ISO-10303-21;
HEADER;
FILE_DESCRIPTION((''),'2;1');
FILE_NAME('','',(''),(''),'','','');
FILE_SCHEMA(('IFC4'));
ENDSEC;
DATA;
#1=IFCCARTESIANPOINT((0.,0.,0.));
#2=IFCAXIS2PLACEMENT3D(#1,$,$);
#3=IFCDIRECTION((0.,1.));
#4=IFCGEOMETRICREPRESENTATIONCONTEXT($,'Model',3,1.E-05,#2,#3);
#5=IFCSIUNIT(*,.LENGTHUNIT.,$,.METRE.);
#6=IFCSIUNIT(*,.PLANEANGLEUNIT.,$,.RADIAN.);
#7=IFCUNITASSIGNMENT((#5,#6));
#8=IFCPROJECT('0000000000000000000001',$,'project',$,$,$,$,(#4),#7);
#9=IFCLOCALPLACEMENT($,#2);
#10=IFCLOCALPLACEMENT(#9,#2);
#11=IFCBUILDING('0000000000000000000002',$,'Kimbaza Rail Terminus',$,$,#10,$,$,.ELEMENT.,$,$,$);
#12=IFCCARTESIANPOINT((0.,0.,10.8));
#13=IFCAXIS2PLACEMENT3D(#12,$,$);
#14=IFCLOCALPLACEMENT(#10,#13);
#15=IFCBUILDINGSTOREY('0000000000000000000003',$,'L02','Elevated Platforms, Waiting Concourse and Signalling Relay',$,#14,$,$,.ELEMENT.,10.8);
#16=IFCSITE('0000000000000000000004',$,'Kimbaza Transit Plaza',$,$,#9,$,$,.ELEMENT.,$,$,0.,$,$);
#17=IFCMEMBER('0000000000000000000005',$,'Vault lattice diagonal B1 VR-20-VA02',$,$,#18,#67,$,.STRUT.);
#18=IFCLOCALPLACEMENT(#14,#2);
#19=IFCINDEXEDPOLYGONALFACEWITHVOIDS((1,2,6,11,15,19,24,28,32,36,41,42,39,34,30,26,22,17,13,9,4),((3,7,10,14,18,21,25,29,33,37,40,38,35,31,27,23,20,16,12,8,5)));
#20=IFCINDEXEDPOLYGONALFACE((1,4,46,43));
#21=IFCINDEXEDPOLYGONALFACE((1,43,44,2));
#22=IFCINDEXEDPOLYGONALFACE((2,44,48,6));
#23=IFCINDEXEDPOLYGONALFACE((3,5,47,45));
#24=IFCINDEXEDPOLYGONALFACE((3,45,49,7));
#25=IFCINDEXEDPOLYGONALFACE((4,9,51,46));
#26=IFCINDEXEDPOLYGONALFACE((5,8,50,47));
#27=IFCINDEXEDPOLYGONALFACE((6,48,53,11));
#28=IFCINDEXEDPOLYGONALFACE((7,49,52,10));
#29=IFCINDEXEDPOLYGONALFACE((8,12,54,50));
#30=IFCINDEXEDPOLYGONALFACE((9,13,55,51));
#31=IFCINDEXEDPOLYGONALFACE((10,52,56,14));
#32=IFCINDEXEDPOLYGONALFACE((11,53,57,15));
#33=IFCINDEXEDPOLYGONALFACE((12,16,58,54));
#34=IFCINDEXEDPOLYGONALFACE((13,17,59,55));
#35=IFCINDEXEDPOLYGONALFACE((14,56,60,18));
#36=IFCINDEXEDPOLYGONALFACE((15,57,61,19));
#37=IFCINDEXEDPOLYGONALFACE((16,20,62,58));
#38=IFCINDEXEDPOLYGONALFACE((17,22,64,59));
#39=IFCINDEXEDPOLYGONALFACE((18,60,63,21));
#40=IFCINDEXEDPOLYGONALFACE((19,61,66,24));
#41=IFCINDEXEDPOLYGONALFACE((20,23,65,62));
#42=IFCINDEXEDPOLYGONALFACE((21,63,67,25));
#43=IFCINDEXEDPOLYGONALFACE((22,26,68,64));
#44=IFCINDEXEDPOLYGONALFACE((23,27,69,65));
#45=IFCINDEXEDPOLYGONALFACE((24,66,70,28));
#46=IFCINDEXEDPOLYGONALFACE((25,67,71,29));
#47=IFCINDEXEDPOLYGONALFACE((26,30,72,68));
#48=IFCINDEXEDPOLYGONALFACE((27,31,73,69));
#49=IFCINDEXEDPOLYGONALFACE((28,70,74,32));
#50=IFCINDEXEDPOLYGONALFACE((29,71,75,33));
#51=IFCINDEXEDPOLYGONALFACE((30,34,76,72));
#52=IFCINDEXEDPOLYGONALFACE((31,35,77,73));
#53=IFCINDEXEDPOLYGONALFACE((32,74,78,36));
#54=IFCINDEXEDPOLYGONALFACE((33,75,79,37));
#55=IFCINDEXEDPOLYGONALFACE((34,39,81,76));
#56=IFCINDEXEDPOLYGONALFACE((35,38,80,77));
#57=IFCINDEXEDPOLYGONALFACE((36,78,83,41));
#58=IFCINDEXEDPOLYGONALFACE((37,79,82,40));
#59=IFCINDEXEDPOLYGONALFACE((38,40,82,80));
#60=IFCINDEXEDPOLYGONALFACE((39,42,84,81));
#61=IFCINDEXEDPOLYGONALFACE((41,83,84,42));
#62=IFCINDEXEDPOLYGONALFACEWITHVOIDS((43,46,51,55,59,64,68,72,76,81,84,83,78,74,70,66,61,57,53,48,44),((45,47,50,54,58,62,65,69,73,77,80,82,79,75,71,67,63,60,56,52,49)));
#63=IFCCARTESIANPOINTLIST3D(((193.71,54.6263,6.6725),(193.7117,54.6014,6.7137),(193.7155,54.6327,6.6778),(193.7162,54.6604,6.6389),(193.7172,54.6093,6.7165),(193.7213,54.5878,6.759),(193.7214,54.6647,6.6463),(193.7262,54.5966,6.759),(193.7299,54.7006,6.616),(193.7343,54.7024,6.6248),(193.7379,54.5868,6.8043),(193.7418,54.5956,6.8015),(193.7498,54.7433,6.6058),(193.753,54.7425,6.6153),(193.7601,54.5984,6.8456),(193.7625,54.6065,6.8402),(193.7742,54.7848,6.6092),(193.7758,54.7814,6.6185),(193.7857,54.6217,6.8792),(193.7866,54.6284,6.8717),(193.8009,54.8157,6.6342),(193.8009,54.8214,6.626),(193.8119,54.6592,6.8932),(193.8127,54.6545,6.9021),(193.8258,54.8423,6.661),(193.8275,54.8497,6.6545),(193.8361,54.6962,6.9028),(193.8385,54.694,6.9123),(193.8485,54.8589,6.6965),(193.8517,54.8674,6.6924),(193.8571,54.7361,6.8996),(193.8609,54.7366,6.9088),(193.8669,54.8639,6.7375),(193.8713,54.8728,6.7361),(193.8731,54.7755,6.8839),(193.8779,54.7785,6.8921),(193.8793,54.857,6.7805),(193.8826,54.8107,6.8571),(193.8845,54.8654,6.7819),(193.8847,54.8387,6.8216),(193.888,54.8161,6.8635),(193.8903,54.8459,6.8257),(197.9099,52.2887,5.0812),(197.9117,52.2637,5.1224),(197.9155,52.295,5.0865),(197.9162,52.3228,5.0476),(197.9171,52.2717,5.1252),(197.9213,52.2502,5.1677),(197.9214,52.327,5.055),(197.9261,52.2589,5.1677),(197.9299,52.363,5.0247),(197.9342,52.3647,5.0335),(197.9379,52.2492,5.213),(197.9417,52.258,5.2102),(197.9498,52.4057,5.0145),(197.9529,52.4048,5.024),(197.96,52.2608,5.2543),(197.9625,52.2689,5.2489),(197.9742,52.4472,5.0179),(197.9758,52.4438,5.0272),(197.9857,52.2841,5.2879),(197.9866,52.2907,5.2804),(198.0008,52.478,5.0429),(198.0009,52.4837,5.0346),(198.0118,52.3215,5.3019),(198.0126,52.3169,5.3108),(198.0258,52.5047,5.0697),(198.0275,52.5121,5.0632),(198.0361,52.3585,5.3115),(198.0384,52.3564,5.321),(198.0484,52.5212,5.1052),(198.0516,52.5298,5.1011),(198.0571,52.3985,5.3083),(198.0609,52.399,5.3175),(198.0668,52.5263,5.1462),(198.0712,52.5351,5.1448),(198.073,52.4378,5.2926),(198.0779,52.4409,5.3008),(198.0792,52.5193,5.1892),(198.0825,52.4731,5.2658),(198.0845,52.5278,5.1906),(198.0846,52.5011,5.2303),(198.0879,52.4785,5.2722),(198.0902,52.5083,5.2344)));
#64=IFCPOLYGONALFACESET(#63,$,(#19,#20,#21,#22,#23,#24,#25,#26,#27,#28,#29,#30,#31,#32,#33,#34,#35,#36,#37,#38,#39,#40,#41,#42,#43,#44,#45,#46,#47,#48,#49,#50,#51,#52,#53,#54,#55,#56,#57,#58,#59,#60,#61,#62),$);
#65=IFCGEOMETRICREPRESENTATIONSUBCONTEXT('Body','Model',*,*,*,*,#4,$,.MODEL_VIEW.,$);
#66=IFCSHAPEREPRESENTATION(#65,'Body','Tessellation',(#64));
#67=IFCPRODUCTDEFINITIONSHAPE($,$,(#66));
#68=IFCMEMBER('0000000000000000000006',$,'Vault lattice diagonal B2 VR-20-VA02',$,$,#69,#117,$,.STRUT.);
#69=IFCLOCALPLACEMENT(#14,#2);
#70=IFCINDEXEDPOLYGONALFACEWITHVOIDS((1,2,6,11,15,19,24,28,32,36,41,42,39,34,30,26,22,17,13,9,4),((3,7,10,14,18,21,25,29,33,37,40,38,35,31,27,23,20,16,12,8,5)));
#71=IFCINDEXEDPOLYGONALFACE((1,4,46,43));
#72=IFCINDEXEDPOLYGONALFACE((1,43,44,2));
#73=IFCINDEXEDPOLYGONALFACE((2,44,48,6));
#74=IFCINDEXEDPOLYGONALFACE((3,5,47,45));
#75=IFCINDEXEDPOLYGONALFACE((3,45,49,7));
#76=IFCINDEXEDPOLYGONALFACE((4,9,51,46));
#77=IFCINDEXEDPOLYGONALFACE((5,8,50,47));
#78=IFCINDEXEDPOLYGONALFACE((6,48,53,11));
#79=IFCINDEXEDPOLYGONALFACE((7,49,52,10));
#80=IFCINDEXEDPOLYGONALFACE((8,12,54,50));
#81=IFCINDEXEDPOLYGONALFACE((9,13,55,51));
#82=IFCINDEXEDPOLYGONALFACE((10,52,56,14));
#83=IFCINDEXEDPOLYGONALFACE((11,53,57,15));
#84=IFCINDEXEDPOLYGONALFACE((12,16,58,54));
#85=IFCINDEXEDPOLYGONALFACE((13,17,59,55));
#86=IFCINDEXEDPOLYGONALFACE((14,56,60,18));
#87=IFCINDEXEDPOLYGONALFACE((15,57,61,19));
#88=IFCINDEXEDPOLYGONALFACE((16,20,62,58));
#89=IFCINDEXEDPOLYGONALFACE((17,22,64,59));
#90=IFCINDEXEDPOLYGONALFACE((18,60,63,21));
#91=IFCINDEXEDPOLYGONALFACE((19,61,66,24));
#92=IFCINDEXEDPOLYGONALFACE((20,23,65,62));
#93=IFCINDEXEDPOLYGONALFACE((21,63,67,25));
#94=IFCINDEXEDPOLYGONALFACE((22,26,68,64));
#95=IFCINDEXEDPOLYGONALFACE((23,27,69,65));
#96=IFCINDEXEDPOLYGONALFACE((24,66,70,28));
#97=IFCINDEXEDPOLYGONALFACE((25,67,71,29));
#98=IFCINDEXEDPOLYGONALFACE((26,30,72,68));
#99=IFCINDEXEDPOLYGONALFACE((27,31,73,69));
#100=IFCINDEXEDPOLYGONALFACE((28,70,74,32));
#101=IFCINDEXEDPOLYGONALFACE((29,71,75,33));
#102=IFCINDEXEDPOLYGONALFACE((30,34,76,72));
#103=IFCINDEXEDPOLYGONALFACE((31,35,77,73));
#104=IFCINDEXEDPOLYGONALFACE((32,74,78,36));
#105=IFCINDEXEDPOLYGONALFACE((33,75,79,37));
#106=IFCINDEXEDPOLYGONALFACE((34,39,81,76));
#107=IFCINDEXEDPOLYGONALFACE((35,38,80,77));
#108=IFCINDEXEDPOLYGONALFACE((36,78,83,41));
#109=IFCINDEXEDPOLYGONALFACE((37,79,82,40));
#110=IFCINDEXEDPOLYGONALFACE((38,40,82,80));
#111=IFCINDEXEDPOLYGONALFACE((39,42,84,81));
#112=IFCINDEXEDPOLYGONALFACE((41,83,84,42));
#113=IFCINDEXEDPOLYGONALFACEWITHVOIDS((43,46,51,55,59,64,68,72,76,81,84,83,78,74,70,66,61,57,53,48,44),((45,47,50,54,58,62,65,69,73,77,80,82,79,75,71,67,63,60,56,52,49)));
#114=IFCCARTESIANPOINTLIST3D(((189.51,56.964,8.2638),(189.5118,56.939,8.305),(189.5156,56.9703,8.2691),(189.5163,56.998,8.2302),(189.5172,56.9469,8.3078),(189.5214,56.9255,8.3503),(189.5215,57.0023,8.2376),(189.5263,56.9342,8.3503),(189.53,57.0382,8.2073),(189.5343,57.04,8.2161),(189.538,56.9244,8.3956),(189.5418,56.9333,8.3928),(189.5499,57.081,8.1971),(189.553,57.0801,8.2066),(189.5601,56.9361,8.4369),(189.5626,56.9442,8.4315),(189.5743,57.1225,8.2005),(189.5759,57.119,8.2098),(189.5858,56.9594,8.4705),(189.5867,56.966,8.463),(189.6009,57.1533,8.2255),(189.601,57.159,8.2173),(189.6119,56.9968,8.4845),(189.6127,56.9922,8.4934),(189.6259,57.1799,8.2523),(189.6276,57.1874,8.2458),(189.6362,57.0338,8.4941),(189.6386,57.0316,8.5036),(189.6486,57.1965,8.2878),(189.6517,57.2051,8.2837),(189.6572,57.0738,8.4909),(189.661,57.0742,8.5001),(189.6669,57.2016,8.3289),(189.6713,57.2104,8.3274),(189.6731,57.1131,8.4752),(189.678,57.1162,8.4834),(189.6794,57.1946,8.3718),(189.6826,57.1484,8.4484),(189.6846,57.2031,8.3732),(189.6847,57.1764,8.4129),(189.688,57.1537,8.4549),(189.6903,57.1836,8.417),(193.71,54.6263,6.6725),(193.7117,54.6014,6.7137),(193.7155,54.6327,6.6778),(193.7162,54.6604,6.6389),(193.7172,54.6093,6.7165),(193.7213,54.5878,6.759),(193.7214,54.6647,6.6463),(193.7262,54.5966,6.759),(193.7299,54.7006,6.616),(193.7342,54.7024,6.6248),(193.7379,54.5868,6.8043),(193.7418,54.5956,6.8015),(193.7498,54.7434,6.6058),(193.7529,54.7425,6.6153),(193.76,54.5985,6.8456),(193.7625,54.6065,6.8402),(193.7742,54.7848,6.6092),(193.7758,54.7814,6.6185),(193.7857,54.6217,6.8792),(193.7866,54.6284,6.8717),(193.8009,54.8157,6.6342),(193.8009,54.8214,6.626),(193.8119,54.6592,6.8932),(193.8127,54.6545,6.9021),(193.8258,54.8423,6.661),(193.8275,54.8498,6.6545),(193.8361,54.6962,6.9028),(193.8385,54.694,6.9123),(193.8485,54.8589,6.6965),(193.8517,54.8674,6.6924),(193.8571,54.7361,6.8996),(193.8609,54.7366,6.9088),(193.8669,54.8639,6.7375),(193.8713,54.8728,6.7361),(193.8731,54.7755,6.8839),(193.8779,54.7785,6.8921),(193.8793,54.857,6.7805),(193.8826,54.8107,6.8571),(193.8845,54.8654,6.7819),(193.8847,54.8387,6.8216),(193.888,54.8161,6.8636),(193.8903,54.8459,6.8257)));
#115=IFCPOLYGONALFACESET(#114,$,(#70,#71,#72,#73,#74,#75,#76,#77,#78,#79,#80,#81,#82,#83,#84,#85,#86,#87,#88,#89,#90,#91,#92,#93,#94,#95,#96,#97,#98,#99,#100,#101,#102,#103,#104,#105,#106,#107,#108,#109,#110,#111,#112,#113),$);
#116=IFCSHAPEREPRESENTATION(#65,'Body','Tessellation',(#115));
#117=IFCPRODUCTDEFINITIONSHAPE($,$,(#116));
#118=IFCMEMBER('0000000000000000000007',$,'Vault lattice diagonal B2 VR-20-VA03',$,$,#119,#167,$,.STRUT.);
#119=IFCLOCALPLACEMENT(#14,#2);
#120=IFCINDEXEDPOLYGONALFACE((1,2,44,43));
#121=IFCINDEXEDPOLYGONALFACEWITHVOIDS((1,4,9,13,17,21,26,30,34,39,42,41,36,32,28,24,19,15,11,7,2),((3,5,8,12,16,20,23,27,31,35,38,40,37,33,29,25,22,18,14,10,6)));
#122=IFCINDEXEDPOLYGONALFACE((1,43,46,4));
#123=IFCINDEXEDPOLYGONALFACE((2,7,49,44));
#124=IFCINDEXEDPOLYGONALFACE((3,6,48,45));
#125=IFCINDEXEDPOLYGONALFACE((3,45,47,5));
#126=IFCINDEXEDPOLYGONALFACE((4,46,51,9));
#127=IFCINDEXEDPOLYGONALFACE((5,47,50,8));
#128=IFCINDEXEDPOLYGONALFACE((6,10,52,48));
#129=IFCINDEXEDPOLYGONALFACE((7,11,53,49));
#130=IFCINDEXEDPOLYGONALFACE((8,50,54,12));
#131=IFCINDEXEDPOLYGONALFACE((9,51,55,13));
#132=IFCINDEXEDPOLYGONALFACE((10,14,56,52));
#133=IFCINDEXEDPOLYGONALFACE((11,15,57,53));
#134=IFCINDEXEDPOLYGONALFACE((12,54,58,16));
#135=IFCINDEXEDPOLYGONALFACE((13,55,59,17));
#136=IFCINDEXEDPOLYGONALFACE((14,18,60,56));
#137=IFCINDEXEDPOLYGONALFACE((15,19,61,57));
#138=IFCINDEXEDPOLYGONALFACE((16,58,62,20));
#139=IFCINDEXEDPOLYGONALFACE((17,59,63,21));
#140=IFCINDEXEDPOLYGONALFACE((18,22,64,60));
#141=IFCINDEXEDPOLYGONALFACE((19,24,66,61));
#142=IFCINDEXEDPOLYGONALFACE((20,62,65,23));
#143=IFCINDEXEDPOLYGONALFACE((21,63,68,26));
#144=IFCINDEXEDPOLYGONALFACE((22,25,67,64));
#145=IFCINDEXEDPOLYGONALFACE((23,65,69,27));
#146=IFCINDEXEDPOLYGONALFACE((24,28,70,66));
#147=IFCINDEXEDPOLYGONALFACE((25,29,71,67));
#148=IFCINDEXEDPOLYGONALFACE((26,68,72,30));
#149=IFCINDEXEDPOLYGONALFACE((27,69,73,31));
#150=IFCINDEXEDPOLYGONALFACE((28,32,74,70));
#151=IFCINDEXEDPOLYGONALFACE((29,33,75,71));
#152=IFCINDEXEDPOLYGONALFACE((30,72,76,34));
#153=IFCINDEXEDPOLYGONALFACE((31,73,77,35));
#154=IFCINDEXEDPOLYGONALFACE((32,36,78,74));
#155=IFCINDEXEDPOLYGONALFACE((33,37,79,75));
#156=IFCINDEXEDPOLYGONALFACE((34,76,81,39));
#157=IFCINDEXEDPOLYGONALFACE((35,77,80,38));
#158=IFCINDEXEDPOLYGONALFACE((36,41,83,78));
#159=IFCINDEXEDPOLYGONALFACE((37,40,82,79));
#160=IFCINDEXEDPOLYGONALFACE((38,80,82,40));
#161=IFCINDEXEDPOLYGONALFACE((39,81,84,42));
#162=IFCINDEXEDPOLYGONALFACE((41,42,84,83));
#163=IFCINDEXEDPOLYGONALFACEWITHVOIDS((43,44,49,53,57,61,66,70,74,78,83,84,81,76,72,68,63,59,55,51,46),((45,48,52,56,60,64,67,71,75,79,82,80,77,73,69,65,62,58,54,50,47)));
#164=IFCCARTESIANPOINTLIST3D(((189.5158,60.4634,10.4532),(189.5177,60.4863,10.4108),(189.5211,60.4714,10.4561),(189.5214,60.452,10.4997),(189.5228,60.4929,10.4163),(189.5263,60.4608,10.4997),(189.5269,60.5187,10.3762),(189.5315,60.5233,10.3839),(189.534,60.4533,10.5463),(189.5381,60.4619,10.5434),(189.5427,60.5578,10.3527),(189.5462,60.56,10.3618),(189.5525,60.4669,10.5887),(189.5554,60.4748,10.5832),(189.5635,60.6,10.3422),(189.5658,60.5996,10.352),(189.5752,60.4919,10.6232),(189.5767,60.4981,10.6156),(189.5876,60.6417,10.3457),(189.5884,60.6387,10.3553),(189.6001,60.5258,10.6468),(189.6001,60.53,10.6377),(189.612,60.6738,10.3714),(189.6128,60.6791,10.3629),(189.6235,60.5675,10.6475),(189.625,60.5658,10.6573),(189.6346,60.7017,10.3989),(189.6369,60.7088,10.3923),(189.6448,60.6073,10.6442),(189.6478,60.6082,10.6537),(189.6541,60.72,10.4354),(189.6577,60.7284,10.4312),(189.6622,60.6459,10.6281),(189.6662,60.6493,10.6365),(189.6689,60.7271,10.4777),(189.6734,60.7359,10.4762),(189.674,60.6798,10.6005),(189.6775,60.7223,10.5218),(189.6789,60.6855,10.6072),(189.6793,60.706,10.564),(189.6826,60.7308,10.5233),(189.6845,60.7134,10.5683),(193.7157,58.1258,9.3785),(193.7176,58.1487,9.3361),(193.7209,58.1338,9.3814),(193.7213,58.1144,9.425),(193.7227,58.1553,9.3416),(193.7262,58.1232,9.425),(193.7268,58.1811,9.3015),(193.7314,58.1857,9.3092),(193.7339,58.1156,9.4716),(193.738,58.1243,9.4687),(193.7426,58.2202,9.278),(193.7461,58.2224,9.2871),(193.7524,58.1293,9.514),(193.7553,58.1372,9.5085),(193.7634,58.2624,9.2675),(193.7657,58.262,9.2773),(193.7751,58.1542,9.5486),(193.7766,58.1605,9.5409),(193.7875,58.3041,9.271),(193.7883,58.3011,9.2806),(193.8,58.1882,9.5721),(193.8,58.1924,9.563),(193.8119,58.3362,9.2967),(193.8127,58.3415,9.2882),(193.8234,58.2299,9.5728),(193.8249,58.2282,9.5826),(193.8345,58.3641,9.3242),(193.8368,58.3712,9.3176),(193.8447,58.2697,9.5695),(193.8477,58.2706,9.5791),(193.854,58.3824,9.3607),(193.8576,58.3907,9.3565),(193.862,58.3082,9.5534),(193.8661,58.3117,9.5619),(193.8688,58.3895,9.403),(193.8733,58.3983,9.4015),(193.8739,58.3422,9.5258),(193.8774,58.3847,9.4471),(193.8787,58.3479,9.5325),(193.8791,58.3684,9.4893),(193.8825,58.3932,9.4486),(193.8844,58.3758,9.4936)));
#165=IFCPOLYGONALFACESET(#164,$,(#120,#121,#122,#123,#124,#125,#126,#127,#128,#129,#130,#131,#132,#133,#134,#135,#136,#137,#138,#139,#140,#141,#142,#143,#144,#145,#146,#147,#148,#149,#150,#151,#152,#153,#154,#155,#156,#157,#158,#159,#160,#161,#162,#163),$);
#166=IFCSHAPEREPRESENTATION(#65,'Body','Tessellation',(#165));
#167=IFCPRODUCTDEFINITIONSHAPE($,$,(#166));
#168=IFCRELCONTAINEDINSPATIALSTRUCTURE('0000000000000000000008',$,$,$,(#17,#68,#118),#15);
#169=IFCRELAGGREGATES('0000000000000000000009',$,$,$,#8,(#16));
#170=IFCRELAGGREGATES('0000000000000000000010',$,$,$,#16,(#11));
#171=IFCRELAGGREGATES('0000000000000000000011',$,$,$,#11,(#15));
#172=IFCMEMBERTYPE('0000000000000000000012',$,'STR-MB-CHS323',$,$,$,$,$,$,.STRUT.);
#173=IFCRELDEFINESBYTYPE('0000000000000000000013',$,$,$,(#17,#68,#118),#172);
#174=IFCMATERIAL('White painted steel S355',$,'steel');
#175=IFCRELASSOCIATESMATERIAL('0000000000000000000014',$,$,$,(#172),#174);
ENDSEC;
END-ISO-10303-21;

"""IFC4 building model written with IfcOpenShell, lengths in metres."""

from ifc_helpers import new_model, si_unit, direction, frame, origin, origin_2d, place, context, subcontext, project, spatial, hollow_circle, extrude, material, material_profile, profile_set, type_object, element, save


model = new_model("IFC4")

# Units and contexts
model_context = context("Model", 3, precision=1e-05, world=origin(), true_north=direction((0.0, 1.0)))
body_context = subcontext(model_context, "Body", "Model", "MODEL_VIEW")
ifc_project = project(units=[si_unit("LENGTHUNIT", "METRE"), si_unit("PLANEANGLEUNIT", "RADIAN")], contexts=[model_context])

# Site, building, storey
site_placement = place(None, origin())
site = spatial("IfcSite", under=ifc_project, at=site_placement, Name="Kimbaza Transit Plaza", CompositionType="ELEMENT", RefElevation=0.0)
building_placement = place(site_placement, origin())
building = spatial("IfcBuilding", under=site, at=building_placement, Name="Kimbaza Rail Terminus", CompositionType="ELEMENT")
storey_placement = place(building_placement, frame((0.0, 0.0, 10.8)))
storey = spatial("IfcBuildingStorey", under=building, at=storey_placement, Name="L02", Description="Elevated Platforms, Waiting Concourse and Signalling Relay", CompositionType="ELEMENT", Elevation=10.8)

# Members
ifc_material_1 = material(Name="White painted steel S355", Category="steel")
ifc_material_profile_1 = material_profile(ifc_material_1, hollow_circle(Radius=0.1619, WallThickness=0.01, at=origin_2d()), Name="CHS 323.9x10")
ifc_profile_set_1 = profile_set([ifc_material_profile_1], Name="White painted steel S355")
member_type_1 = type_object("IfcMemberType", Name="STR-MB-CHS323", PredefinedType="STRUT", material=ifc_profile_set_1)
for number, where, z_axis, x_axis, name in (
    (1, (198.0, 52.3916, 5.1677), (-0.829498, 0.461689, 0.314286), (-0.486333, -0.873774, 0.0), "Vault lattice diagonal B1 VR-20-VA02"),
    (2, (193.8, 54.7292, 6.759), (-0.829498, 0.461689, 0.314286), (-0.486333, -0.873774, 0.0), "Vault lattice diagonal B2 VR-20-VA02"),
):
    element("IfcMember", number, at=place(storey_placement, frame(where, z_axis=z_axis, x_axis=x_axis)), inside=storey, type_object=member_type_1, Name=name, PredefinedType="STRUT", context=body_context, shape_type="SweptSolid", body=[
        extrude(hollow_circle(Radius=0.1619, WallThickness=0.01, at=origin_2d()), origin(), (0.0, 0.0, 1.0), 5.0632),
    ])
member_1_placement = place(storey_placement, frame((193.8, 58.2559, 9.425), z_axis=(-0.85272, 0.474614, 0.218199), x_axis=(-0.486333, -0.873774, 0.0)))
element("IfcMember", 3, at=member_1_placement, inside=storey, type_object=member_type_1, Name="Vault lattice diagonal B2 VR-20-VA03", PredefinedType="STRUT", context=body_context, shape_type="SweptSolid", body=[
    extrude(hollow_circle(Radius=0.1619, WallThickness=0.01, at=origin_2d()), origin(), (0.0, 0.0, 1.0), 4.9253),
])

save(model, "model.ifc")
